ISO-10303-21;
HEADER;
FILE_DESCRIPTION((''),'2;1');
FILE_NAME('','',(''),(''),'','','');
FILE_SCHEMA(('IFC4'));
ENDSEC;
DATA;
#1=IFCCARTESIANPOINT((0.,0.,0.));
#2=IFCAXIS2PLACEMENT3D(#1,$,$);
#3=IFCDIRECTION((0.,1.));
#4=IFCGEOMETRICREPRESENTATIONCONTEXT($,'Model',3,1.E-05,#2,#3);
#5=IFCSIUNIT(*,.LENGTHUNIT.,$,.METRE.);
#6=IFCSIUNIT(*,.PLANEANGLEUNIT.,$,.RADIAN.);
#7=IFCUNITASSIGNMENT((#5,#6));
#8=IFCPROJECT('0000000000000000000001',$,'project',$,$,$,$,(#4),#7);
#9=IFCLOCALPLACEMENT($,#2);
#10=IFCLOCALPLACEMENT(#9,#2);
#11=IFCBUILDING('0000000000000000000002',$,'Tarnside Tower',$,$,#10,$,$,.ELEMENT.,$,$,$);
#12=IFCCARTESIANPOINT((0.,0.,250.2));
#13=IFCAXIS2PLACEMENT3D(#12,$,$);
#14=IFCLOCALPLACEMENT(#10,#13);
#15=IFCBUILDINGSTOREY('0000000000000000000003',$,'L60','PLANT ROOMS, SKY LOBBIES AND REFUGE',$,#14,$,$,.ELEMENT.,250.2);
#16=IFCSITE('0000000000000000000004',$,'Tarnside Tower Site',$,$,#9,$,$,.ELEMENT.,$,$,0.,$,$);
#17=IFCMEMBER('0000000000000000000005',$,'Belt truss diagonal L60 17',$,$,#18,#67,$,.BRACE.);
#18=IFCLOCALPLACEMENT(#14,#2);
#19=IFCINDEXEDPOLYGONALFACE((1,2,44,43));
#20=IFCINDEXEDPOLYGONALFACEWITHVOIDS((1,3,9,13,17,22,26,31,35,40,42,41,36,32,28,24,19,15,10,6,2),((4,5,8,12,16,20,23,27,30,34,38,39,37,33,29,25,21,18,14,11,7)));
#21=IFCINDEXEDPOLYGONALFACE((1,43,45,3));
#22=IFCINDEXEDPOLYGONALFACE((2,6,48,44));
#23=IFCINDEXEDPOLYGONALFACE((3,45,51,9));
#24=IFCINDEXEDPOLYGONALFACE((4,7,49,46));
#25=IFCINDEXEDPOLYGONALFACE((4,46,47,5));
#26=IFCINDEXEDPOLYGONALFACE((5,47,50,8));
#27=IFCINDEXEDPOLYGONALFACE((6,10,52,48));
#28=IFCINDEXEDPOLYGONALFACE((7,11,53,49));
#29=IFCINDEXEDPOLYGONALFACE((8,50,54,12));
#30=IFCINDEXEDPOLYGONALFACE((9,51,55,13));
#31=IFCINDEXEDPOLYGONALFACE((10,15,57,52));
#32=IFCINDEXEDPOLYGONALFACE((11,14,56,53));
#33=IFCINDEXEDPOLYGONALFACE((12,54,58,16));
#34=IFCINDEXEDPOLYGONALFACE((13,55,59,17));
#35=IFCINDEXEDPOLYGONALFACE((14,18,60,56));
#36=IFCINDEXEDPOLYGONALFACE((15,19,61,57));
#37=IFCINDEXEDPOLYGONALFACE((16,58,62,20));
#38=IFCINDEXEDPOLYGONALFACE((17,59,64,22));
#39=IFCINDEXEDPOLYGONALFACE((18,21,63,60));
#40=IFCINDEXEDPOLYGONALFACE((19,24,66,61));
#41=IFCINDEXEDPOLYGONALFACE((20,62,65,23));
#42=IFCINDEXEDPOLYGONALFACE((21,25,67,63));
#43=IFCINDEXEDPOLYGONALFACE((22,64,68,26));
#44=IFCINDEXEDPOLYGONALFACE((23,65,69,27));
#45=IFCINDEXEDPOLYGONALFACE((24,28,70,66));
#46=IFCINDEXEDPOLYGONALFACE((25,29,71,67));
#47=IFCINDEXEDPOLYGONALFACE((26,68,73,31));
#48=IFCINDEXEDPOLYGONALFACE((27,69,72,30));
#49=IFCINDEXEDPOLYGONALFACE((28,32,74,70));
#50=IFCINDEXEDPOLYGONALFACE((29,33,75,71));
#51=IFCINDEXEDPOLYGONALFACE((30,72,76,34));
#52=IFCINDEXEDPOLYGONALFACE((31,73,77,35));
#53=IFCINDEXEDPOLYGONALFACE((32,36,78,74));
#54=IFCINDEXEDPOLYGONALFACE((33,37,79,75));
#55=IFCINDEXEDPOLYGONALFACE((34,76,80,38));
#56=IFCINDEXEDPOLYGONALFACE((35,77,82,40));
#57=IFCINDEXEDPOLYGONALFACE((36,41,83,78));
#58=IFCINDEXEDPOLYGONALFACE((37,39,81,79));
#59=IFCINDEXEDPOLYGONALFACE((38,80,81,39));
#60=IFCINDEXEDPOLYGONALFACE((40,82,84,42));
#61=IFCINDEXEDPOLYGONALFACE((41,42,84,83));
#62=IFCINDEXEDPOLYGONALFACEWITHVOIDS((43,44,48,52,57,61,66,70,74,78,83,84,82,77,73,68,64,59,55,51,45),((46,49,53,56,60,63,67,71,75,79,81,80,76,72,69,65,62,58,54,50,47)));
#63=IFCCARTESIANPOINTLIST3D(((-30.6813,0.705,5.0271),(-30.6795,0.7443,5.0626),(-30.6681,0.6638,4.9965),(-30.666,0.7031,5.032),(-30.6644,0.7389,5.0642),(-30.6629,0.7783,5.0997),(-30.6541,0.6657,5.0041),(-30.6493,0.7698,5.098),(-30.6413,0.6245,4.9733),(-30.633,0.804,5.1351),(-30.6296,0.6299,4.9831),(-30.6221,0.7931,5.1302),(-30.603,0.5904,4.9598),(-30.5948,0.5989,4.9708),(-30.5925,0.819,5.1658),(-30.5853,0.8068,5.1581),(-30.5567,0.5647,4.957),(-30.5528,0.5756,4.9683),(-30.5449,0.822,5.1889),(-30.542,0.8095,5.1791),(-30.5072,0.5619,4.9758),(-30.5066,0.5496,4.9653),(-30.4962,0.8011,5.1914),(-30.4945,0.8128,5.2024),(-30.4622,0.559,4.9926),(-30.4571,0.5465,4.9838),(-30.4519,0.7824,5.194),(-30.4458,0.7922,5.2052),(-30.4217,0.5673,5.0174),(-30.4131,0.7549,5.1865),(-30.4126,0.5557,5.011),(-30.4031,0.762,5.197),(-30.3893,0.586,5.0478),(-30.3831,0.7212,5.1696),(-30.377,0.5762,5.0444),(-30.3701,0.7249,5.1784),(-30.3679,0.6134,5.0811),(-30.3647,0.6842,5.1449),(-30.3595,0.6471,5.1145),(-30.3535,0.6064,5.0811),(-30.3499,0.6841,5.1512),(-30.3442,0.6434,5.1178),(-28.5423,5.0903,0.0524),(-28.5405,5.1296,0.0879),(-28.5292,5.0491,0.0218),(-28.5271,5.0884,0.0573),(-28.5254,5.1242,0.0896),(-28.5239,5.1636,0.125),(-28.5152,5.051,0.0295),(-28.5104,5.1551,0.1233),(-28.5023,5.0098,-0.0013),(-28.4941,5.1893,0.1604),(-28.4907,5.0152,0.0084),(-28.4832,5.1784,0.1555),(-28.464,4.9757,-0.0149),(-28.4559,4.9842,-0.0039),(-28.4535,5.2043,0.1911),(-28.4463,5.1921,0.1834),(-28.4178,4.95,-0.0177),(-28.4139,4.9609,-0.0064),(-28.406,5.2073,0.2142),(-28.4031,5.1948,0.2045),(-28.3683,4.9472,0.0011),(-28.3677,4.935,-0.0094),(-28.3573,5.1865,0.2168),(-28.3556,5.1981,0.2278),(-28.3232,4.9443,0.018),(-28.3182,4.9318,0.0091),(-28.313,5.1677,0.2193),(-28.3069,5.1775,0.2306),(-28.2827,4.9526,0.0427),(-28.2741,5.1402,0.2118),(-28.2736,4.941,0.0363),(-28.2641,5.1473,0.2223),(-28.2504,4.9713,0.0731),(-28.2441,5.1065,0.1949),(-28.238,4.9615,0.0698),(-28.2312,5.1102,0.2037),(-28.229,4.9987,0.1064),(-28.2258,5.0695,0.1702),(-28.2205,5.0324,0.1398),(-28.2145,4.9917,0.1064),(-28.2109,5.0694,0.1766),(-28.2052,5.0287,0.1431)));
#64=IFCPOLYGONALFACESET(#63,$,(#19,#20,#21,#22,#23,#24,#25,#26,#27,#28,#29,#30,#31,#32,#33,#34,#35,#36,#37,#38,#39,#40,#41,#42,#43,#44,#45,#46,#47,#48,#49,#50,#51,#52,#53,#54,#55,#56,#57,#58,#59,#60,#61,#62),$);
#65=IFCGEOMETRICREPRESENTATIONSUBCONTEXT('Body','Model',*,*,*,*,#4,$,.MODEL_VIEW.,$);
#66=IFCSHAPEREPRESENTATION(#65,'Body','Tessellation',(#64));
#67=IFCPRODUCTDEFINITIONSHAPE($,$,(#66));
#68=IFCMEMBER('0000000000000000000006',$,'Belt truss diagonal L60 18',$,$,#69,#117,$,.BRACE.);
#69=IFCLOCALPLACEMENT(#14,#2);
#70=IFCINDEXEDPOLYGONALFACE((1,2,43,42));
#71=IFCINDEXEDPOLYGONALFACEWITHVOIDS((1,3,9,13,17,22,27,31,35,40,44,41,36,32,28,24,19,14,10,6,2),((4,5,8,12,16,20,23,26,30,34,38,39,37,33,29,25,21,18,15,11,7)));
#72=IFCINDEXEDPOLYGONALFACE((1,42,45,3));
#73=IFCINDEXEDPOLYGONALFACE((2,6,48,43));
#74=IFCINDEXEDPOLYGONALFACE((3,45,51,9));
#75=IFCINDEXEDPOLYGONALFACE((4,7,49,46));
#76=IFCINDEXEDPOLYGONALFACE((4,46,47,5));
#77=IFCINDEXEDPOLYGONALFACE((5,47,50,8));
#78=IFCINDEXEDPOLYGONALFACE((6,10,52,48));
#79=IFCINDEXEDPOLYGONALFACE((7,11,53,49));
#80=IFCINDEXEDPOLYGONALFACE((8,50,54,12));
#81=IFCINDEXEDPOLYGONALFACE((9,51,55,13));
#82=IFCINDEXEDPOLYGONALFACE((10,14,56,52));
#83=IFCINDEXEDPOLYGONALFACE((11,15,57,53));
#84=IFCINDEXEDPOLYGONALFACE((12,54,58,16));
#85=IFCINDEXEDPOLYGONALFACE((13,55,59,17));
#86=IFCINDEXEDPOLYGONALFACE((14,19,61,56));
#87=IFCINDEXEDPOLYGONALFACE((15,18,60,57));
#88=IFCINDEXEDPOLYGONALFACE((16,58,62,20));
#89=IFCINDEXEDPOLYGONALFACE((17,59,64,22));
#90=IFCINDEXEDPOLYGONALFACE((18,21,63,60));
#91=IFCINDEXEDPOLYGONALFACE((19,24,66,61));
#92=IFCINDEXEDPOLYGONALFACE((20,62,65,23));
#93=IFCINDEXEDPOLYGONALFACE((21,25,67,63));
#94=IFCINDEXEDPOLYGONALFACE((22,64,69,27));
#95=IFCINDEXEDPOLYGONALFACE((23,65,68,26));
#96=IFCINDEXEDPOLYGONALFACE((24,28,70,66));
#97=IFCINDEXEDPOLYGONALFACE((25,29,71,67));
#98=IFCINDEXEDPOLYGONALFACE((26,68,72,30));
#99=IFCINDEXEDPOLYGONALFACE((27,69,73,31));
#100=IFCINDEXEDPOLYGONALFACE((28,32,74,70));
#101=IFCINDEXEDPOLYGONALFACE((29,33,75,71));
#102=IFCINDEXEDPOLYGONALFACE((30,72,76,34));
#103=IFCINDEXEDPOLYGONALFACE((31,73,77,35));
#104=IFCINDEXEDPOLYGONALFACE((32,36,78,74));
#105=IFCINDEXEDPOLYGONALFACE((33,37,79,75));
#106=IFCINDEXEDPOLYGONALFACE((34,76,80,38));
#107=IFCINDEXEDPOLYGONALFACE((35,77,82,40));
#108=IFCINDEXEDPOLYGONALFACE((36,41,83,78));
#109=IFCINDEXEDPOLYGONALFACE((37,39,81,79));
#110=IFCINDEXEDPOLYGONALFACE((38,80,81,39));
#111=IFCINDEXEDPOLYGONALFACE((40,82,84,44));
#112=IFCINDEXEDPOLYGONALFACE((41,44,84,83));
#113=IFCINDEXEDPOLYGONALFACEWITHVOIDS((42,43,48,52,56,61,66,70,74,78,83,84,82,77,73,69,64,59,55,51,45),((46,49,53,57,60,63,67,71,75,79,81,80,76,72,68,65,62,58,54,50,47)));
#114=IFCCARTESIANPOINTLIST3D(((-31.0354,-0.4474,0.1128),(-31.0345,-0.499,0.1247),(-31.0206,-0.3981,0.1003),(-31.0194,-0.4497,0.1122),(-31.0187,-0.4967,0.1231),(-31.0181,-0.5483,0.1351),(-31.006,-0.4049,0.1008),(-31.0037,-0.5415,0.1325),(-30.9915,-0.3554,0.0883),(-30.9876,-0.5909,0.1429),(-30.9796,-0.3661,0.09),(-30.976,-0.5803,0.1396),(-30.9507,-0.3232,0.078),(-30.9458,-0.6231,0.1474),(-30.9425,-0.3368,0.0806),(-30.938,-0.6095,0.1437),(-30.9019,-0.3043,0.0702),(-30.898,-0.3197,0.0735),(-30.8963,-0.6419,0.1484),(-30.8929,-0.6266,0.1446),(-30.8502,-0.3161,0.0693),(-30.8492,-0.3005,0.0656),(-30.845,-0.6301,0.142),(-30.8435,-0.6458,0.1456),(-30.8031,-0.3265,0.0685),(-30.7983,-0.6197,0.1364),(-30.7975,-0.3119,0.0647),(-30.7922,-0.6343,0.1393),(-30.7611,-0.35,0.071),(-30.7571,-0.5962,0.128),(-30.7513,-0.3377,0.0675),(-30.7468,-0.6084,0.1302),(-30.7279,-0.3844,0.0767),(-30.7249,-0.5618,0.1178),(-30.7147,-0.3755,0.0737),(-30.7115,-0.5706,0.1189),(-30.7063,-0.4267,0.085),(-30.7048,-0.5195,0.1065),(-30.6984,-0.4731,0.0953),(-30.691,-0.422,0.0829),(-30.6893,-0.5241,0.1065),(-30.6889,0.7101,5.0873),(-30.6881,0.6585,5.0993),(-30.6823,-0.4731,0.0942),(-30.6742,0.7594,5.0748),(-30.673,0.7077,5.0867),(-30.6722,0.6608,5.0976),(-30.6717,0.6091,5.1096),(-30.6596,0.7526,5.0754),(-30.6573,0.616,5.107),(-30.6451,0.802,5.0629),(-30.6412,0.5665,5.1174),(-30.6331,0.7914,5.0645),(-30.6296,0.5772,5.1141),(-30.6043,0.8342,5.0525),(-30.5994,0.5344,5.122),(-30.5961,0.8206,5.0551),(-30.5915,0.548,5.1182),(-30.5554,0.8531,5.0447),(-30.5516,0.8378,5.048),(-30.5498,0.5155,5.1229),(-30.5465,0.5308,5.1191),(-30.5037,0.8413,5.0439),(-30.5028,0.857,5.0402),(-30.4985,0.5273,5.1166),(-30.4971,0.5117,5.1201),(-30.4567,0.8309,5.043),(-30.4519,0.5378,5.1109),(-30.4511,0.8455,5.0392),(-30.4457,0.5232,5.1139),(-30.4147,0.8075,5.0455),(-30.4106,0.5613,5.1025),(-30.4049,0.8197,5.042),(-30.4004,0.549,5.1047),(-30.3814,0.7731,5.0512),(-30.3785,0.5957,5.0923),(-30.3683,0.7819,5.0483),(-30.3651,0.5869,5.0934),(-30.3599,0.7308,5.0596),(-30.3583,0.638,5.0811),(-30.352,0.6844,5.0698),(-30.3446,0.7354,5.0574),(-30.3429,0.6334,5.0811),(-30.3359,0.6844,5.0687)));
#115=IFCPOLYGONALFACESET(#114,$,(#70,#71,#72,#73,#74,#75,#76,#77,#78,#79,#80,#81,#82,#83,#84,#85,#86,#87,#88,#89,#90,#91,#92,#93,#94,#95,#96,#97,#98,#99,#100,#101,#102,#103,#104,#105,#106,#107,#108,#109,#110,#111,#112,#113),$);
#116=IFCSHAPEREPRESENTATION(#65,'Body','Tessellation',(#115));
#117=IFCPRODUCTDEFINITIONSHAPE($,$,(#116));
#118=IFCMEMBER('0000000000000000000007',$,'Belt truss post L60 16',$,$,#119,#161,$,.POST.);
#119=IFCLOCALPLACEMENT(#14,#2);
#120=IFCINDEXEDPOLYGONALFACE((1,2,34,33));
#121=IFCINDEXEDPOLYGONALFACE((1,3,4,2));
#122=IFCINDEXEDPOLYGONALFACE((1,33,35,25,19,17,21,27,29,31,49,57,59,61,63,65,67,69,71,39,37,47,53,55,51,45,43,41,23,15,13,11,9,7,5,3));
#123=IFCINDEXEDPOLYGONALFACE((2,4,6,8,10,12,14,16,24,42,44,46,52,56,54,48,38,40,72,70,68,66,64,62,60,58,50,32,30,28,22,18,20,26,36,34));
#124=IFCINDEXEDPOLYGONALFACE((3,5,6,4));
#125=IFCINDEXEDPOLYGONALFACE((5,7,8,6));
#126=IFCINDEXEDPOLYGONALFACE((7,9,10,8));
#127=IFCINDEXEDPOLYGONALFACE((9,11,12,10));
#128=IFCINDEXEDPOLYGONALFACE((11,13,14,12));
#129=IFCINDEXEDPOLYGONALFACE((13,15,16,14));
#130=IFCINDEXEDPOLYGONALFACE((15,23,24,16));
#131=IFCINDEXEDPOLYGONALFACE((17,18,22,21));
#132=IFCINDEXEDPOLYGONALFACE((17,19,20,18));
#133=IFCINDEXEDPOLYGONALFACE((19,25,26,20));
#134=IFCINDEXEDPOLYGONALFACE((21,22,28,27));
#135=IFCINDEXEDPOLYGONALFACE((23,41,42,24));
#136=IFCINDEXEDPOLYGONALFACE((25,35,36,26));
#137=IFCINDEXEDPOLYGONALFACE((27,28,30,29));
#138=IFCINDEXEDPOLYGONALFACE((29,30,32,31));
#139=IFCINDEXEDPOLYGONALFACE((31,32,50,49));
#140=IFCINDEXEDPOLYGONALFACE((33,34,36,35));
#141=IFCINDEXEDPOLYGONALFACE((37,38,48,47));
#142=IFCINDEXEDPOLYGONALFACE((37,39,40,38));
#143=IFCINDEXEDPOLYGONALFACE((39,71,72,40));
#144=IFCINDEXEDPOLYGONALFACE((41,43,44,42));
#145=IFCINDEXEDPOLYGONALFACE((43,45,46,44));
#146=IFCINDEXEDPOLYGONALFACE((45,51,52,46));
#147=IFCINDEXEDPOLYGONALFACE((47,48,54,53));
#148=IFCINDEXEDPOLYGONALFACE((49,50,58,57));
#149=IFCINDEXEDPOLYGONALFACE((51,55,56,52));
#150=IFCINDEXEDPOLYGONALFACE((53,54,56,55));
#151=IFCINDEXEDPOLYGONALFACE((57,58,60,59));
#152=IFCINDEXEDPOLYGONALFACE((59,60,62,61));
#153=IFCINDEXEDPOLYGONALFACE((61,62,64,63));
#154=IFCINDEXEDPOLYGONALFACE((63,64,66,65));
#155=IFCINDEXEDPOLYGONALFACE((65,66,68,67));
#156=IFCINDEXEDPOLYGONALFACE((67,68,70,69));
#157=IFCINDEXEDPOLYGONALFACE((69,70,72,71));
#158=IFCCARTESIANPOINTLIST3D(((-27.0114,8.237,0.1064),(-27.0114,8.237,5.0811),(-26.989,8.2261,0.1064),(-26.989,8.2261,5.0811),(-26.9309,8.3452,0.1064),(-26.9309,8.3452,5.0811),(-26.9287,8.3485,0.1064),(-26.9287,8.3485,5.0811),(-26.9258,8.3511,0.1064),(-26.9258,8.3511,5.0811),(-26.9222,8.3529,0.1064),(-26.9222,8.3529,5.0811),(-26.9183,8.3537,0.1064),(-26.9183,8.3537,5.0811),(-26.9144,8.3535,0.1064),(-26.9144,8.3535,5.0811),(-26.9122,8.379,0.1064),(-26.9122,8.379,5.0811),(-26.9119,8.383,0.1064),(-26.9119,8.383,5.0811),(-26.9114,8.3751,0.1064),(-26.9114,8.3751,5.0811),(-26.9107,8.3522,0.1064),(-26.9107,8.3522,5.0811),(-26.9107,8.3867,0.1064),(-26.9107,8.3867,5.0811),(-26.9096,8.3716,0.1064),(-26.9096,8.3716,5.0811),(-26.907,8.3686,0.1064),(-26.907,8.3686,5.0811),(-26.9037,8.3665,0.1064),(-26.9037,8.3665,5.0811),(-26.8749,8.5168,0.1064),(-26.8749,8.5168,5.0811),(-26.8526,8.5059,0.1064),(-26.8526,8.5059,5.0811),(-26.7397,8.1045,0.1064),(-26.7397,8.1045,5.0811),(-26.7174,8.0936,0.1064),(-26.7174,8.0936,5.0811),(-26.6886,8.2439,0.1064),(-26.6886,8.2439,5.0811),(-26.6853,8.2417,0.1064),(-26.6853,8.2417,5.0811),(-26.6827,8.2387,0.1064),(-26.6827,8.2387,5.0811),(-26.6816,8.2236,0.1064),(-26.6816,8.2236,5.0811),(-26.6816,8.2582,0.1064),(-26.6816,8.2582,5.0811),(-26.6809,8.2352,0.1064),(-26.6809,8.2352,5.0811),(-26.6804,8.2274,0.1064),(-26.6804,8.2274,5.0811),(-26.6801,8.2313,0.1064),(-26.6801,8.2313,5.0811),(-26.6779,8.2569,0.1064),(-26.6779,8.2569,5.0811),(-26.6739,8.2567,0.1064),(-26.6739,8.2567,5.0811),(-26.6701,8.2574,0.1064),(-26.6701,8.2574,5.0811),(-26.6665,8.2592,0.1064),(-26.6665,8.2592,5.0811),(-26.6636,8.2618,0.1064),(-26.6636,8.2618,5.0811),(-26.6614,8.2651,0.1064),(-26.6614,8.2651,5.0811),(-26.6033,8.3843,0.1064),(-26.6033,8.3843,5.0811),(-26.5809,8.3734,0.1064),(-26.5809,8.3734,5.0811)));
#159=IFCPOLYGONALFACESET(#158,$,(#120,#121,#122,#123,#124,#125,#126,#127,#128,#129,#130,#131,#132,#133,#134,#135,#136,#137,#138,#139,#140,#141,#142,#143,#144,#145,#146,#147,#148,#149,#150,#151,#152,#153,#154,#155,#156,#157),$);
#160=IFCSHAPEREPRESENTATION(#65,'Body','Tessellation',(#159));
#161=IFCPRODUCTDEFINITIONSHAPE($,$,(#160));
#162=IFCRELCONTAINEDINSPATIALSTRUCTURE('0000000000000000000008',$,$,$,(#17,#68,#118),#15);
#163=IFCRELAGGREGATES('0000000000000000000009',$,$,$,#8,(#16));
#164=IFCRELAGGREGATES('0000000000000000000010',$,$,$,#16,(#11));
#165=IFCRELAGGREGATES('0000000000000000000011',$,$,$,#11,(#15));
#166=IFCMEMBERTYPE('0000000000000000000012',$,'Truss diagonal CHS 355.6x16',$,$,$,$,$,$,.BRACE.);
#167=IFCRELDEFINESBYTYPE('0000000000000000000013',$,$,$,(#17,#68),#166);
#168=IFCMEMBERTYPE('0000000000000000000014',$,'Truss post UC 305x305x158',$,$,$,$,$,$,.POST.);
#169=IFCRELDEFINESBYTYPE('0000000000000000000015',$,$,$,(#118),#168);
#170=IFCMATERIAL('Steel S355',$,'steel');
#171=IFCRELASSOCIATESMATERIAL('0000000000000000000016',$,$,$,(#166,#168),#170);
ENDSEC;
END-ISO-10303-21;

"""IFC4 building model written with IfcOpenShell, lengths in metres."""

from ifc_helpers import new_model, si_unit, direction, frame, origin, origin_2d, place, context, subcontext, project, spatial, hollow_circle, i_section, extrude, material, material_profile, profile_set, type_object, element, save


model = new_model("IFC4")

# Units and contexts
model_context = context("Model", 3, precision=1e-05, world=origin(), true_north=direction((0.0, 1.0)))
body_context = subcontext(model_context, "Body", "Model", "MODEL_VIEW")
ifc_project = project(units=[si_unit("LENGTHUNIT", "METRE"), si_unit("PLANEANGLEUNIT", "RADIAN")], contexts=[model_context])

# Site, building, storey
site_placement = place(None, origin())
site = spatial("IfcSite", under=ifc_project, at=site_placement, Name="Tarnside Tower Site", CompositionType="ELEMENT", RefElevation=0.0)
building_placement = place(site_placement, origin())
building = spatial("IfcBuilding", under=site, at=building_placement, Name="Tarnside Tower", CompositionType="ELEMENT")
storey_placement = place(building_placement, frame((0.0, 0.0, 250.2)))
storey = spatial("IfcBuildingStorey", under=building, at=storey_placement, Name="L60", Description="PLANT ROOMS, SKY LOBBIES AND REFUGE", CompositionType="ELEMENT", Elevation=250.2)

# Shared definitions
ifc_material_1 = material(Name="Steel S355", Category="steel")

# Members
ifc_material_profile_1 = material_profile(ifc_material_1, hollow_circle(Radius=0.1777, WallThickness=0.0161, at=origin_2d()), Name="CHS 355.6x16")
ifc_profile_set_1 = profile_set([ifc_material_profile_1], Name="Steel S355")
member_type_1 = type_object("IfcMemberType", Name="Truss diagonal CHS 355.6x16", PredefinedType="BRACE", material=ifc_profile_set_1)
member_1_placement = place(storey_placement, frame((-28.3743, 5.0696, 0.1064), z_axis=(-0.306965, -0.629347, 0.713929), x_axis=(0.898787, -0.438385, 0.0)))
element("IfcMember", 1, at=member_1_placement, inside=storey, type_object=member_type_1, Name="Belt truss diagonal L60 17", PredefinedType="BRACE", context=body_context, shape_type="SweptSolid", body=[
    extrude(hollow_circle(Radius=0.1777, WallThickness=0.0161, at=origin_2d()), origin(), (0.0, 0.0, 1.0), 6.968),
])
member_2_placement = place(storey_placement, frame((-30.5132, 0.6843, 5.0811), z_axis=(-0.067673, -0.226103, -0.97175), x_axis=(0.95801, -0.286736, 0.0)))
element("IfcMember", 2, at=member_2_placement, inside=storey, type_object=member_type_1, Name="Belt truss diagonal L60 18", PredefinedType="BRACE", context=body_context, shape_type="SweptSolid", body=[
    extrude(hollow_circle(Radius=0.1777, WallThickness=0.0161, at=origin_2d()), origin(), (0.0, 0.0, 1.0), 5.1191),
])
ifc_material_profile_2 = material_profile(ifc_material_1, i_section(OverallWidth=0.3113, OverallDepth=0.3271, WebThickness=0.0159, FlangeThickness=0.0249, FilletRadius=0.0151, at=origin_2d()), Name="UC 305x305x158")
ifc_profile_set_2 = profile_set([ifc_material_profile_2], Name="Steel S355")
member_type_2 = type_object("IfcMemberType", Name="Truss post UC 305x305x158", PredefinedType="POST", material=ifc_profile_set_2)
for number, where, z_axis, x_axis, name in (
    (3, (-26.7961, 8.3052, 0.1064), (0.0, 0.0, 1.0), (-0.438371, -0.898794, 0.0), "Belt truss post L60 16"),
):
    element("IfcMember", number, at=place(storey_placement, frame(where, z_axis=z_axis, x_axis=x_axis)), inside=storey, type_object=member_type_2, Name=name, PredefinedType="POST", context=body_context, shape_type="SweptSolid", body=[
        extrude(i_section(OverallWidth=0.3113, OverallDepth=0.3271, WebThickness=0.0159, FlangeThickness=0.0249, FilletRadius=0.0151, at=origin_2d()), origin(), (0.0, 0.0, 1.0), 4.9746),
    ])

save(model, "model.ifc")
